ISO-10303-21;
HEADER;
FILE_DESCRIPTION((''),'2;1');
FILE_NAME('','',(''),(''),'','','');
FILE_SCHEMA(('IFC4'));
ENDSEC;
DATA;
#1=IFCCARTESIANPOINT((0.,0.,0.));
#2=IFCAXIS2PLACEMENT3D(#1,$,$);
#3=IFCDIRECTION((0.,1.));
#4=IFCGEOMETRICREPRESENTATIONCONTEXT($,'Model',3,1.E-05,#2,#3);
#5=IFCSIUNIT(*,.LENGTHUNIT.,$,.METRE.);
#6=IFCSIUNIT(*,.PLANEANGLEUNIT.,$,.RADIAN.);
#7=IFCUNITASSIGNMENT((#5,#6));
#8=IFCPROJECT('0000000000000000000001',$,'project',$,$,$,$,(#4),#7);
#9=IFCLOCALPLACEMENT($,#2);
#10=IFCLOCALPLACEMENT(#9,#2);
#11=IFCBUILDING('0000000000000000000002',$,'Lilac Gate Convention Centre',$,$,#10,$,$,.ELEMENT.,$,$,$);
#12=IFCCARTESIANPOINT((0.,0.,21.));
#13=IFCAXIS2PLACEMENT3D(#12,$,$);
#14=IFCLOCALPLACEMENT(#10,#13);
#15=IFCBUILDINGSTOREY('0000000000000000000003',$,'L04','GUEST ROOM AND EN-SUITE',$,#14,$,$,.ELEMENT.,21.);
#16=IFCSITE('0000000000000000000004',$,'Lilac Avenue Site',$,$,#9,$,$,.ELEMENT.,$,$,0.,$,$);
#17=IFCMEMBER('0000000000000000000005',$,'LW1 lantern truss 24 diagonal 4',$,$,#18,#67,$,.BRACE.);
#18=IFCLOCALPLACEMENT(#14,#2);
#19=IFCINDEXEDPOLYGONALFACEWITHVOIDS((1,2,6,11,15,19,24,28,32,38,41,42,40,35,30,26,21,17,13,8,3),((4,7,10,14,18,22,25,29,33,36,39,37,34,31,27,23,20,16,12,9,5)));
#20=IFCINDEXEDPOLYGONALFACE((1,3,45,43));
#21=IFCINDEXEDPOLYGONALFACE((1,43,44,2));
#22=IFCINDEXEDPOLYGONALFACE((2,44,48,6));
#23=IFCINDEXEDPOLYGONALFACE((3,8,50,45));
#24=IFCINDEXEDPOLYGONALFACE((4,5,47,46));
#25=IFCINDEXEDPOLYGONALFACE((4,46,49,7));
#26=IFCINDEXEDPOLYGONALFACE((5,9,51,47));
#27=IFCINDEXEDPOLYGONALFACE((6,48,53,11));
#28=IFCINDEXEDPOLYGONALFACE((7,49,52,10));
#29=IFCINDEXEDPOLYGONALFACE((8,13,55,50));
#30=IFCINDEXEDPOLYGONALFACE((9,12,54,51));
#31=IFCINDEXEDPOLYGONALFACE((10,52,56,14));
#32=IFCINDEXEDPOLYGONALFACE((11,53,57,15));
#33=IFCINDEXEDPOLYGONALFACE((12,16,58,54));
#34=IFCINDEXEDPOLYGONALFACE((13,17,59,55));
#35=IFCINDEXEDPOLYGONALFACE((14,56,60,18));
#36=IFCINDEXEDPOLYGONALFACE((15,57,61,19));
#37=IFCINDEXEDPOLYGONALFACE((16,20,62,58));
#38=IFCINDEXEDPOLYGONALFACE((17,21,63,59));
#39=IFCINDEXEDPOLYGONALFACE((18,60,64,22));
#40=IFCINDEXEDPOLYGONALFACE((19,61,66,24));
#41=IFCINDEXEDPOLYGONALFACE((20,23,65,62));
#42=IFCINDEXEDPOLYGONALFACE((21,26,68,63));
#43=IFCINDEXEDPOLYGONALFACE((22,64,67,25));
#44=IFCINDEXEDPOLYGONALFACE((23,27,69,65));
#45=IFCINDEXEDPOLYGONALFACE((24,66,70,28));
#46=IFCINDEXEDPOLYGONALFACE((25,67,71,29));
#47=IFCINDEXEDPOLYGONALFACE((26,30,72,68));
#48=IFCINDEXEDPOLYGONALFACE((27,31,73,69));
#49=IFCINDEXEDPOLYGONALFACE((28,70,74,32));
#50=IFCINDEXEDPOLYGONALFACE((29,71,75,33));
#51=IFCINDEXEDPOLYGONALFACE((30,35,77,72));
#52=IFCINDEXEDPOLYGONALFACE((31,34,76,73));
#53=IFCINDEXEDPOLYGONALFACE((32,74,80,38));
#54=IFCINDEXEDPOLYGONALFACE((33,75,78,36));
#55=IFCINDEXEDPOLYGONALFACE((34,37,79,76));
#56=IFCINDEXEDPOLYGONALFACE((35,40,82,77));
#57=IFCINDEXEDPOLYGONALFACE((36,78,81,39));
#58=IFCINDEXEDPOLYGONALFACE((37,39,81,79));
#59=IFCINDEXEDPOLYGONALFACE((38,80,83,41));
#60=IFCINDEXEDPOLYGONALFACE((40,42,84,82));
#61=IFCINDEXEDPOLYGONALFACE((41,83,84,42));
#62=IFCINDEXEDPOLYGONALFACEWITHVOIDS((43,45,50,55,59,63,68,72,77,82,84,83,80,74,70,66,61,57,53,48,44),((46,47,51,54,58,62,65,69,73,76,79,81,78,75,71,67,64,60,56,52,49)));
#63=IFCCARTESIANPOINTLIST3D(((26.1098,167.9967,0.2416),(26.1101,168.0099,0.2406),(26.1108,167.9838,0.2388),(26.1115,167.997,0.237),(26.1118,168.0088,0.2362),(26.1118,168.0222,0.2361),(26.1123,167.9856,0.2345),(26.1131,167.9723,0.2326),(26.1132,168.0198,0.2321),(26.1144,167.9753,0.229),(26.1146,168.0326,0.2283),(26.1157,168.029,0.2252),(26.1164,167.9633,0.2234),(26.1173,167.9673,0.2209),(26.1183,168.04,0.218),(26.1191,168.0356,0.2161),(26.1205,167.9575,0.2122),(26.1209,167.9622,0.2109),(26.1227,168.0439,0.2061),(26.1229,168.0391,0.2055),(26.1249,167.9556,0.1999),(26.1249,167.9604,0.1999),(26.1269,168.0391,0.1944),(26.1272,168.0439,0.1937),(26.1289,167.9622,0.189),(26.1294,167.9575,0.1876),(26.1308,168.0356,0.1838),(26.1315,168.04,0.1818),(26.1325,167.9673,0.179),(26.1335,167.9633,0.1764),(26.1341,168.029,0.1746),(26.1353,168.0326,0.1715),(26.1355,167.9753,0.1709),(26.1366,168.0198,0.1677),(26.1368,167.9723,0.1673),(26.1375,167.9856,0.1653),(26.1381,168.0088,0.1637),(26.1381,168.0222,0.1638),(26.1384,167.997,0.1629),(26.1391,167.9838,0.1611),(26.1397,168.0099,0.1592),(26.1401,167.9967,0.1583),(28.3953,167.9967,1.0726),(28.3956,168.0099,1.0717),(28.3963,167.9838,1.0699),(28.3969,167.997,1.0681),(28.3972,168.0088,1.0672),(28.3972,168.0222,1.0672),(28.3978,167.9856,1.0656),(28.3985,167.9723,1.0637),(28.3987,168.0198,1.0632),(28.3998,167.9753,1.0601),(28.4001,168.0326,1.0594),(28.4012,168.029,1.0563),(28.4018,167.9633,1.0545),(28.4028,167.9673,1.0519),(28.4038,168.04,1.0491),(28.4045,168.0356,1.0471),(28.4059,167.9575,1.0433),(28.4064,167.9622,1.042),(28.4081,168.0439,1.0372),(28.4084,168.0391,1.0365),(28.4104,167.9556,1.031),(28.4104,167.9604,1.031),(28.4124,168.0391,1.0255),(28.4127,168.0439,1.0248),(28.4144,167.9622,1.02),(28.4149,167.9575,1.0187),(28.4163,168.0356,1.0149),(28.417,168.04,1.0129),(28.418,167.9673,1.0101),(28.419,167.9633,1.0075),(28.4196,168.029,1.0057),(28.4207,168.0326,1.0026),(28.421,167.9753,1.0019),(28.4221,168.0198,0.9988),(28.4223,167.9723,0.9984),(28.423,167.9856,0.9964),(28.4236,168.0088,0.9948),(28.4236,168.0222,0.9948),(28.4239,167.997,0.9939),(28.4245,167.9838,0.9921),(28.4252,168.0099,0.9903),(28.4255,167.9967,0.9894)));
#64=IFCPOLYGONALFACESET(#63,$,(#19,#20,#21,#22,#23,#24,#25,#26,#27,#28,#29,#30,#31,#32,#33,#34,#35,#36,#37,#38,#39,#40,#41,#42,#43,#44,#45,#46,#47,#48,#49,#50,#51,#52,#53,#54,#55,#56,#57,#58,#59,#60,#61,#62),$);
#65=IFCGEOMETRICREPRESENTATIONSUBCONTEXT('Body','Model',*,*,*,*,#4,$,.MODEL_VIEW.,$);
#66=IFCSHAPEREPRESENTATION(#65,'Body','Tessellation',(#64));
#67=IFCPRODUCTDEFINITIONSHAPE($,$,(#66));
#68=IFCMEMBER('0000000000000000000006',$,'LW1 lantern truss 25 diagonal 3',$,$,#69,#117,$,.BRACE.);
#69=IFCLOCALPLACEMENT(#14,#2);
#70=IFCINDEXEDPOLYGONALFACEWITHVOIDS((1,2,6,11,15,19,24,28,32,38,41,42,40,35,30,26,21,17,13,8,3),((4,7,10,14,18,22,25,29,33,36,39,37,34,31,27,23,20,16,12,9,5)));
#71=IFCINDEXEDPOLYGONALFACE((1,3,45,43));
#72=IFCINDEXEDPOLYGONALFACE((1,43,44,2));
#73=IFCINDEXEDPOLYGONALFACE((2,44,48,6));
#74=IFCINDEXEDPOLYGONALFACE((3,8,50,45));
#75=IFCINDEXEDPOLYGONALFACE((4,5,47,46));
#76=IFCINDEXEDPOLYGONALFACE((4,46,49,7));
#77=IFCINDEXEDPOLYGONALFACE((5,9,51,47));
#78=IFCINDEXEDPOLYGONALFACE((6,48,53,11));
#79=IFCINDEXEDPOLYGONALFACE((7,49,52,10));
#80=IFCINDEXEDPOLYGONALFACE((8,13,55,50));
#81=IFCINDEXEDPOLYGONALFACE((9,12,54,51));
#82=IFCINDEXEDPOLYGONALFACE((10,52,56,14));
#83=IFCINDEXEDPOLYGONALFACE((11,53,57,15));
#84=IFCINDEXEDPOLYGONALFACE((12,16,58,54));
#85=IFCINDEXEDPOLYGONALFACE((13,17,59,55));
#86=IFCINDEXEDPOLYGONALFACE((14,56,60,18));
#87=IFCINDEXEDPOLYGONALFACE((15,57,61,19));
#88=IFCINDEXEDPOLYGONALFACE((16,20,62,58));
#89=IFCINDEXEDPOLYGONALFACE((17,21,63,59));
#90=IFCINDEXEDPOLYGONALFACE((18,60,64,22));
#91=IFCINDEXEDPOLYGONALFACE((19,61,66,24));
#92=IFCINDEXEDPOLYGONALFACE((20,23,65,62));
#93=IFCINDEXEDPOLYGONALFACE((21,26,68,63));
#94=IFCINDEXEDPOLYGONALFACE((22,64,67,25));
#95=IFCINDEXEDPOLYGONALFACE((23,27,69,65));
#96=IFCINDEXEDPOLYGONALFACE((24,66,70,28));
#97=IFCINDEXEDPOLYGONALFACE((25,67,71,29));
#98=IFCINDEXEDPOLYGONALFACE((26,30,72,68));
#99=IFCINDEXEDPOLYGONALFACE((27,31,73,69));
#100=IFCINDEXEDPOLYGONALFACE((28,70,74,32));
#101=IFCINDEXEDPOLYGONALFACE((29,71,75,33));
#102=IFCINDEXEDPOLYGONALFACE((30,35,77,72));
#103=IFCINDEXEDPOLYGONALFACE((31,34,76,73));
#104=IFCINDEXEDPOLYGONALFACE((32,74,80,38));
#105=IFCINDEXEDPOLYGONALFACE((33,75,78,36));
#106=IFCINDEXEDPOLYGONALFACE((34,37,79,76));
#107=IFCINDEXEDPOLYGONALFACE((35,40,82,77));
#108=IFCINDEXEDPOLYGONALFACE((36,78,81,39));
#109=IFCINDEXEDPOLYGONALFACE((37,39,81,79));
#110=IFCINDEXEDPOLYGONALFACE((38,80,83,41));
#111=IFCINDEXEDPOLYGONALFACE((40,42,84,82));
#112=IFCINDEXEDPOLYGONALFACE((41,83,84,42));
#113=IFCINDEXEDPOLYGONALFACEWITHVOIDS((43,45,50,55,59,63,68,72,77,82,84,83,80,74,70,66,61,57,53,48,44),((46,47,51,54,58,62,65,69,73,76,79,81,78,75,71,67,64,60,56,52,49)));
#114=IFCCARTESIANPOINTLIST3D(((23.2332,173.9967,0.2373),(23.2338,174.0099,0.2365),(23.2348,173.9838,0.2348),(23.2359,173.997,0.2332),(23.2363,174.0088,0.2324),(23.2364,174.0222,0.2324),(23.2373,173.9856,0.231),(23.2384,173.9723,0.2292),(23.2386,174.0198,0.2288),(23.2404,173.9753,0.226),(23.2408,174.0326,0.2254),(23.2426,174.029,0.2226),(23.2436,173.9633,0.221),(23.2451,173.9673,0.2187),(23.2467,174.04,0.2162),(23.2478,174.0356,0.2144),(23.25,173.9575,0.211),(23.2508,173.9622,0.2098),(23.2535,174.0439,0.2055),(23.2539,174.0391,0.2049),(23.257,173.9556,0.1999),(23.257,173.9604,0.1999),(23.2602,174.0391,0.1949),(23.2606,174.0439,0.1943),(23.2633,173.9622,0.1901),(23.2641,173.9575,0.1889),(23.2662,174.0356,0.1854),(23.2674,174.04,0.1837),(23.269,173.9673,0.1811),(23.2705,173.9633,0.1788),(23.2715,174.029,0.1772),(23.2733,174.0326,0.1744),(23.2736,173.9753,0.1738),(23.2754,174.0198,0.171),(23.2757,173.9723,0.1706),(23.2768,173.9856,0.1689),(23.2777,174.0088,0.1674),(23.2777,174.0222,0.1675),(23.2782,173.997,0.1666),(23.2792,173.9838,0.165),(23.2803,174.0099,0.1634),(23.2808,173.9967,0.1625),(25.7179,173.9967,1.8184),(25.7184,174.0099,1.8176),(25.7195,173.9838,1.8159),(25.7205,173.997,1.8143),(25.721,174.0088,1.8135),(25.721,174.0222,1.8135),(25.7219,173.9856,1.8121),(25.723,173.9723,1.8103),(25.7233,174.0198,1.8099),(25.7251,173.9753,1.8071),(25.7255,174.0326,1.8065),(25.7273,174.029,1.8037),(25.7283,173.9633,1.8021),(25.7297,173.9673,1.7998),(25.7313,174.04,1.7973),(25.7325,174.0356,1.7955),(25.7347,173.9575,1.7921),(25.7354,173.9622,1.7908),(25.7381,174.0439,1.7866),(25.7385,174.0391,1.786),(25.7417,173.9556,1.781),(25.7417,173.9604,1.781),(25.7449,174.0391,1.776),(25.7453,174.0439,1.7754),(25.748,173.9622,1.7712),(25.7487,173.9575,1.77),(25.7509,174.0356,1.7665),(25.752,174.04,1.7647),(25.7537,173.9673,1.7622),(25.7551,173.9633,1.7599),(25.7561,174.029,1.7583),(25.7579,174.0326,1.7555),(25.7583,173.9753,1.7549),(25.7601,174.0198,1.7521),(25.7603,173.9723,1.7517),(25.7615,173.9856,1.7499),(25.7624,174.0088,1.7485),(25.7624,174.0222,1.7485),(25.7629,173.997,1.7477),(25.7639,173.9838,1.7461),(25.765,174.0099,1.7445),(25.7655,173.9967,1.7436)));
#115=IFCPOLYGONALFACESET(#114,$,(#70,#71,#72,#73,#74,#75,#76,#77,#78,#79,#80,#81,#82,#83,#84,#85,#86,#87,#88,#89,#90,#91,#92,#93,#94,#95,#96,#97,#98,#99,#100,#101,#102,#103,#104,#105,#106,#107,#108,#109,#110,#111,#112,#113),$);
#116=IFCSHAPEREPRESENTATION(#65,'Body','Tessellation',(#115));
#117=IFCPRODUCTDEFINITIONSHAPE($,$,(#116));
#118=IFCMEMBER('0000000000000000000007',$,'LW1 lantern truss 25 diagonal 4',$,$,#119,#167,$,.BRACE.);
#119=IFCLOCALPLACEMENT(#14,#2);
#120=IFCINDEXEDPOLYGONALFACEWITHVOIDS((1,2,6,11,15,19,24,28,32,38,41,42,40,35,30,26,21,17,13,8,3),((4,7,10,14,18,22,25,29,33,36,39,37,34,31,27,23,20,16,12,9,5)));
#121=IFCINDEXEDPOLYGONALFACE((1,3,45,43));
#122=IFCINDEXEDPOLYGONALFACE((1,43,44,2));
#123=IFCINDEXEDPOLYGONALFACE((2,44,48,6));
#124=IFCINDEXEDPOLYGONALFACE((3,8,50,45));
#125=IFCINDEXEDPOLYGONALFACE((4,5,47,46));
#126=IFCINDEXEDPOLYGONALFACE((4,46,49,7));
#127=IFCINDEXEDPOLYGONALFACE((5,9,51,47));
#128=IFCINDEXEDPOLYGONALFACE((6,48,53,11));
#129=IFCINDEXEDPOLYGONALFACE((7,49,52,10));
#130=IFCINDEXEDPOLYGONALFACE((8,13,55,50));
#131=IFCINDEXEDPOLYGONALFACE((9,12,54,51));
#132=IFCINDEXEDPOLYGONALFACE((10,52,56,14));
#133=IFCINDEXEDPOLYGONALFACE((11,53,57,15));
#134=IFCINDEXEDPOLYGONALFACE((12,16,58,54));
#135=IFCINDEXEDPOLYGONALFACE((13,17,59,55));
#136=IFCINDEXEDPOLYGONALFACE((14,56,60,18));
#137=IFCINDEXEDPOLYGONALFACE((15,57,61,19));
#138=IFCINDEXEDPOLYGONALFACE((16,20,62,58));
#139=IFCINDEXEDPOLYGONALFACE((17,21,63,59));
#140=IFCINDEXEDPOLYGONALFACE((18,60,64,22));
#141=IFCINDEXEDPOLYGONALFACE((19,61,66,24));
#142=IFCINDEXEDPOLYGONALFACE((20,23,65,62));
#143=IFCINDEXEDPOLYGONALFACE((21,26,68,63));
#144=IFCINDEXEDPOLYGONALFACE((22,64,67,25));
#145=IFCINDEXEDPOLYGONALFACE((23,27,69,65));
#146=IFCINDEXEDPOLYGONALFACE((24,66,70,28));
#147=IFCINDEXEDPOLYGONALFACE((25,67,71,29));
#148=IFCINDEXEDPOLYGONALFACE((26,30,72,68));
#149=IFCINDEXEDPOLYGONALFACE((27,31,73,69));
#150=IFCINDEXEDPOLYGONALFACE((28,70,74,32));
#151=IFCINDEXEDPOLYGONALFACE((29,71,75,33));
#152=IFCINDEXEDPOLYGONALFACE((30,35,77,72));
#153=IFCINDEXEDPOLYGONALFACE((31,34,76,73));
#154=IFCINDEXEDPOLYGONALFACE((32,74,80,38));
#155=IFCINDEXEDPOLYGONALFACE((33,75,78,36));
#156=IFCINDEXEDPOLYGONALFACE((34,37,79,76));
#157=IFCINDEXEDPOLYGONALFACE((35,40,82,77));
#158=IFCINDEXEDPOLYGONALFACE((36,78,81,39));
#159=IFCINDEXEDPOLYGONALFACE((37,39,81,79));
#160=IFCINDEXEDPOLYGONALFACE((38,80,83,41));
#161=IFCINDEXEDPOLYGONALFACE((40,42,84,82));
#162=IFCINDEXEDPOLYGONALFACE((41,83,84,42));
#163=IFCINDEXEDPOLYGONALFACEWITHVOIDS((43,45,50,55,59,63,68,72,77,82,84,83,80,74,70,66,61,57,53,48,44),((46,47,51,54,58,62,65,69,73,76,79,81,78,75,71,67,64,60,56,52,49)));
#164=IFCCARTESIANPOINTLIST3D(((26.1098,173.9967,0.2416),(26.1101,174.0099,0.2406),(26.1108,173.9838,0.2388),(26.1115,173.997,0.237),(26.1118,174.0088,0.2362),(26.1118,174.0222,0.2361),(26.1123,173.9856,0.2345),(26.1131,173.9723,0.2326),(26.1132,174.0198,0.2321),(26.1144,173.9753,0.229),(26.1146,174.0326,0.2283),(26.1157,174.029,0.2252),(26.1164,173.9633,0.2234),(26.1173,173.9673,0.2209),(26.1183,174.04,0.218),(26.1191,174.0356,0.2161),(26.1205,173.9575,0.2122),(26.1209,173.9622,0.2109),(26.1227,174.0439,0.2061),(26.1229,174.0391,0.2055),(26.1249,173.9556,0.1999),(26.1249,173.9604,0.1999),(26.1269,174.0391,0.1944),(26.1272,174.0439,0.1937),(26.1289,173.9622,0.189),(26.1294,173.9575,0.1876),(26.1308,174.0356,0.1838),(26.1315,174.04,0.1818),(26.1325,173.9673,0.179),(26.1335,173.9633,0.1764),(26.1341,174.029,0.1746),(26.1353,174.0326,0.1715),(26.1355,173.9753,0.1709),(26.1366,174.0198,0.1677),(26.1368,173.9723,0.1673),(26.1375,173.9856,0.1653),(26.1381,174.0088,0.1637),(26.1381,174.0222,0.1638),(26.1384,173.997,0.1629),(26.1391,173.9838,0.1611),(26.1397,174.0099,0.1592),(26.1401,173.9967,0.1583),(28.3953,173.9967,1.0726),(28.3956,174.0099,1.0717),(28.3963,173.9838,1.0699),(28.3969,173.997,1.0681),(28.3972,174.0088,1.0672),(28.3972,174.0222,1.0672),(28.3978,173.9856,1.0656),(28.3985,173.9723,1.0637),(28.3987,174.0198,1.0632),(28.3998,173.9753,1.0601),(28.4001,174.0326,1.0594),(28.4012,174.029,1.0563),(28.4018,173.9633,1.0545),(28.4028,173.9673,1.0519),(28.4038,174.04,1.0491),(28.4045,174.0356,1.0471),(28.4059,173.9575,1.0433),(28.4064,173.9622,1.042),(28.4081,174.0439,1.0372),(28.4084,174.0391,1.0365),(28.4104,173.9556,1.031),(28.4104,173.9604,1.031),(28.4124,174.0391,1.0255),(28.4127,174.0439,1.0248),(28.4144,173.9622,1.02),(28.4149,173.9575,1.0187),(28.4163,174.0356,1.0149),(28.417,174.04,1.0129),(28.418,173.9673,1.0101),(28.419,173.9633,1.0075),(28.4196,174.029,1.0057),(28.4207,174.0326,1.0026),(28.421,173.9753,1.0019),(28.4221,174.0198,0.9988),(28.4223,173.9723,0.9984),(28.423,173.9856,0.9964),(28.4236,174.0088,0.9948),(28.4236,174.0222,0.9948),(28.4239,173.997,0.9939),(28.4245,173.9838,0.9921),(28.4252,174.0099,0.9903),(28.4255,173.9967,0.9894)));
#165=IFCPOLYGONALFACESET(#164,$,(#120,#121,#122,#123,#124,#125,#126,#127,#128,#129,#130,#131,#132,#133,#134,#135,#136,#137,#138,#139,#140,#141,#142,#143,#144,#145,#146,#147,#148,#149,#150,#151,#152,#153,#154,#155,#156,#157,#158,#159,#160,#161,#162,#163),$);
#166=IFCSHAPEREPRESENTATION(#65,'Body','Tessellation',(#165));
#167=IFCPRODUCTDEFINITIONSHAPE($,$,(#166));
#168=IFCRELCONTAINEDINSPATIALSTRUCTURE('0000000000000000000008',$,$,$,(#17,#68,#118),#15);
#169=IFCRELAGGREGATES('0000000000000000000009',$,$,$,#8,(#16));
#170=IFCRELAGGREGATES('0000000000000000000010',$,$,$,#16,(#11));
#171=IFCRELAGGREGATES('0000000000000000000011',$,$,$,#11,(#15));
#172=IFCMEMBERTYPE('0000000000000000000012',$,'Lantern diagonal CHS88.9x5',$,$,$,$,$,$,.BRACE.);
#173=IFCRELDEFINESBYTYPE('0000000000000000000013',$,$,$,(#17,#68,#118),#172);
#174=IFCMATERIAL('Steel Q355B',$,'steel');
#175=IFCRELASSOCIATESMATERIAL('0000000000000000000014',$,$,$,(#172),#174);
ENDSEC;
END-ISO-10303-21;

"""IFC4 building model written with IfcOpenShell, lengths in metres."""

from ifc_helpers import new_model, si_unit, direction, frame, origin, origin_2d, place, context, subcontext, project, spatial, hollow_circle, extrude, material, material_profile, profile_set, type_object, element, save


model = new_model("IFC4")

# Units and contexts
model_context = context("Model", 3, precision=1e-05, world=origin(), true_north=direction((0.0, 1.0)))
body_context = subcontext(model_context, "Body", "Model", "MODEL_VIEW")
ifc_project = project(units=[si_unit("LENGTHUNIT", "METRE"), si_unit("PLANEANGLEUNIT", "RADIAN")], contexts=[model_context])

# Site, building, storey
site_placement = place(None, origin())
site = spatial("IfcSite", under=ifc_project, at=site_placement, Name="Lilac Avenue Site", CompositionType="ELEMENT", RefElevation=0.0)
building_placement = place(site_placement, origin())
building = spatial("IfcBuilding", under=site, at=building_placement, Name="Lilac Gate Convention Centre", CompositionType="ELEMENT")
storey_placement = place(building_placement, frame((0.0, 0.0, 21.0)))
storey = spatial("IfcBuildingStorey", under=building, at=storey_placement, Name="L04", Description="GUEST ROOM AND EN-SUITE", CompositionType="ELEMENT", Elevation=21.0)

# Members
ifc_material_1 = material(Name="Steel Q355B", Category="steel")
ifc_material_profile_1 = material_profile(ifc_material_1, hollow_circle(Radius=0.0444, WallThickness=0.0049, at=origin_2d()), Name="CHS88.9x5")
ifc_profile_set_1 = profile_set([ifc_material_profile_1], Name="Steel Q355B")
member_type_1 = type_object("IfcMemberType", Name="Lantern diagonal CHS88.9x5", PredefinedType="BRACE", material=ifc_profile_set_1)
member_1_placement = place(storey_placement, frame((28.4104, 168.0, 1.031), z_axis=(-0.939793, 0.0, -0.341743), x_axis=(0.0, -1.0, 0.0)))
element("IfcMember", 1, at=member_1_placement, inside=storey, type_object=member_type_1, Name="LW1 lantern truss 24 diagonal 4", PredefinedType="BRACE", context=body_context, shape_type="SweptSolid", body=[
    extrude(hollow_circle(Radius=0.0444, WallThickness=0.0049, at=origin_2d()), origin(), (0.0, 0.0, 1.0), 2.4319),
])
member_2_placement = place(storey_placement, frame((25.7417, 174.0, 1.781), z_axis=(-0.843672, 0.0, -0.536859), x_axis=(0.0, -1.0, 0.0)))
element("IfcMember", 2, at=member_2_placement, inside=storey, type_object=member_type_1, Name="LW1 lantern truss 25 diagonal 3", PredefinedType="BRACE", context=body_context, shape_type="SweptSolid", body=[
    extrude(hollow_circle(Radius=0.0444, WallThickness=0.0049, at=origin_2d()), origin(), (0.0, 0.0, 1.0), 2.9451),
])
member_3_placement = place(storey_placement, frame((28.4104, 174.0, 1.031), z_axis=(-0.939793, 0.0, -0.341743), x_axis=(0.0, -1.0, 0.0)))
element("IfcMember", 3, at=member_3_placement, inside=storey, type_object=member_type_1, Name="LW1 lantern truss 25 diagonal 4", PredefinedType="BRACE", context=body_context, shape_type="SweptSolid", body=[
    extrude(hollow_circle(Radius=0.0444, WallThickness=0.0049, at=origin_2d()), origin(), (0.0, 0.0, 1.0), 2.4319),
])

save(model, "model.ifc")
